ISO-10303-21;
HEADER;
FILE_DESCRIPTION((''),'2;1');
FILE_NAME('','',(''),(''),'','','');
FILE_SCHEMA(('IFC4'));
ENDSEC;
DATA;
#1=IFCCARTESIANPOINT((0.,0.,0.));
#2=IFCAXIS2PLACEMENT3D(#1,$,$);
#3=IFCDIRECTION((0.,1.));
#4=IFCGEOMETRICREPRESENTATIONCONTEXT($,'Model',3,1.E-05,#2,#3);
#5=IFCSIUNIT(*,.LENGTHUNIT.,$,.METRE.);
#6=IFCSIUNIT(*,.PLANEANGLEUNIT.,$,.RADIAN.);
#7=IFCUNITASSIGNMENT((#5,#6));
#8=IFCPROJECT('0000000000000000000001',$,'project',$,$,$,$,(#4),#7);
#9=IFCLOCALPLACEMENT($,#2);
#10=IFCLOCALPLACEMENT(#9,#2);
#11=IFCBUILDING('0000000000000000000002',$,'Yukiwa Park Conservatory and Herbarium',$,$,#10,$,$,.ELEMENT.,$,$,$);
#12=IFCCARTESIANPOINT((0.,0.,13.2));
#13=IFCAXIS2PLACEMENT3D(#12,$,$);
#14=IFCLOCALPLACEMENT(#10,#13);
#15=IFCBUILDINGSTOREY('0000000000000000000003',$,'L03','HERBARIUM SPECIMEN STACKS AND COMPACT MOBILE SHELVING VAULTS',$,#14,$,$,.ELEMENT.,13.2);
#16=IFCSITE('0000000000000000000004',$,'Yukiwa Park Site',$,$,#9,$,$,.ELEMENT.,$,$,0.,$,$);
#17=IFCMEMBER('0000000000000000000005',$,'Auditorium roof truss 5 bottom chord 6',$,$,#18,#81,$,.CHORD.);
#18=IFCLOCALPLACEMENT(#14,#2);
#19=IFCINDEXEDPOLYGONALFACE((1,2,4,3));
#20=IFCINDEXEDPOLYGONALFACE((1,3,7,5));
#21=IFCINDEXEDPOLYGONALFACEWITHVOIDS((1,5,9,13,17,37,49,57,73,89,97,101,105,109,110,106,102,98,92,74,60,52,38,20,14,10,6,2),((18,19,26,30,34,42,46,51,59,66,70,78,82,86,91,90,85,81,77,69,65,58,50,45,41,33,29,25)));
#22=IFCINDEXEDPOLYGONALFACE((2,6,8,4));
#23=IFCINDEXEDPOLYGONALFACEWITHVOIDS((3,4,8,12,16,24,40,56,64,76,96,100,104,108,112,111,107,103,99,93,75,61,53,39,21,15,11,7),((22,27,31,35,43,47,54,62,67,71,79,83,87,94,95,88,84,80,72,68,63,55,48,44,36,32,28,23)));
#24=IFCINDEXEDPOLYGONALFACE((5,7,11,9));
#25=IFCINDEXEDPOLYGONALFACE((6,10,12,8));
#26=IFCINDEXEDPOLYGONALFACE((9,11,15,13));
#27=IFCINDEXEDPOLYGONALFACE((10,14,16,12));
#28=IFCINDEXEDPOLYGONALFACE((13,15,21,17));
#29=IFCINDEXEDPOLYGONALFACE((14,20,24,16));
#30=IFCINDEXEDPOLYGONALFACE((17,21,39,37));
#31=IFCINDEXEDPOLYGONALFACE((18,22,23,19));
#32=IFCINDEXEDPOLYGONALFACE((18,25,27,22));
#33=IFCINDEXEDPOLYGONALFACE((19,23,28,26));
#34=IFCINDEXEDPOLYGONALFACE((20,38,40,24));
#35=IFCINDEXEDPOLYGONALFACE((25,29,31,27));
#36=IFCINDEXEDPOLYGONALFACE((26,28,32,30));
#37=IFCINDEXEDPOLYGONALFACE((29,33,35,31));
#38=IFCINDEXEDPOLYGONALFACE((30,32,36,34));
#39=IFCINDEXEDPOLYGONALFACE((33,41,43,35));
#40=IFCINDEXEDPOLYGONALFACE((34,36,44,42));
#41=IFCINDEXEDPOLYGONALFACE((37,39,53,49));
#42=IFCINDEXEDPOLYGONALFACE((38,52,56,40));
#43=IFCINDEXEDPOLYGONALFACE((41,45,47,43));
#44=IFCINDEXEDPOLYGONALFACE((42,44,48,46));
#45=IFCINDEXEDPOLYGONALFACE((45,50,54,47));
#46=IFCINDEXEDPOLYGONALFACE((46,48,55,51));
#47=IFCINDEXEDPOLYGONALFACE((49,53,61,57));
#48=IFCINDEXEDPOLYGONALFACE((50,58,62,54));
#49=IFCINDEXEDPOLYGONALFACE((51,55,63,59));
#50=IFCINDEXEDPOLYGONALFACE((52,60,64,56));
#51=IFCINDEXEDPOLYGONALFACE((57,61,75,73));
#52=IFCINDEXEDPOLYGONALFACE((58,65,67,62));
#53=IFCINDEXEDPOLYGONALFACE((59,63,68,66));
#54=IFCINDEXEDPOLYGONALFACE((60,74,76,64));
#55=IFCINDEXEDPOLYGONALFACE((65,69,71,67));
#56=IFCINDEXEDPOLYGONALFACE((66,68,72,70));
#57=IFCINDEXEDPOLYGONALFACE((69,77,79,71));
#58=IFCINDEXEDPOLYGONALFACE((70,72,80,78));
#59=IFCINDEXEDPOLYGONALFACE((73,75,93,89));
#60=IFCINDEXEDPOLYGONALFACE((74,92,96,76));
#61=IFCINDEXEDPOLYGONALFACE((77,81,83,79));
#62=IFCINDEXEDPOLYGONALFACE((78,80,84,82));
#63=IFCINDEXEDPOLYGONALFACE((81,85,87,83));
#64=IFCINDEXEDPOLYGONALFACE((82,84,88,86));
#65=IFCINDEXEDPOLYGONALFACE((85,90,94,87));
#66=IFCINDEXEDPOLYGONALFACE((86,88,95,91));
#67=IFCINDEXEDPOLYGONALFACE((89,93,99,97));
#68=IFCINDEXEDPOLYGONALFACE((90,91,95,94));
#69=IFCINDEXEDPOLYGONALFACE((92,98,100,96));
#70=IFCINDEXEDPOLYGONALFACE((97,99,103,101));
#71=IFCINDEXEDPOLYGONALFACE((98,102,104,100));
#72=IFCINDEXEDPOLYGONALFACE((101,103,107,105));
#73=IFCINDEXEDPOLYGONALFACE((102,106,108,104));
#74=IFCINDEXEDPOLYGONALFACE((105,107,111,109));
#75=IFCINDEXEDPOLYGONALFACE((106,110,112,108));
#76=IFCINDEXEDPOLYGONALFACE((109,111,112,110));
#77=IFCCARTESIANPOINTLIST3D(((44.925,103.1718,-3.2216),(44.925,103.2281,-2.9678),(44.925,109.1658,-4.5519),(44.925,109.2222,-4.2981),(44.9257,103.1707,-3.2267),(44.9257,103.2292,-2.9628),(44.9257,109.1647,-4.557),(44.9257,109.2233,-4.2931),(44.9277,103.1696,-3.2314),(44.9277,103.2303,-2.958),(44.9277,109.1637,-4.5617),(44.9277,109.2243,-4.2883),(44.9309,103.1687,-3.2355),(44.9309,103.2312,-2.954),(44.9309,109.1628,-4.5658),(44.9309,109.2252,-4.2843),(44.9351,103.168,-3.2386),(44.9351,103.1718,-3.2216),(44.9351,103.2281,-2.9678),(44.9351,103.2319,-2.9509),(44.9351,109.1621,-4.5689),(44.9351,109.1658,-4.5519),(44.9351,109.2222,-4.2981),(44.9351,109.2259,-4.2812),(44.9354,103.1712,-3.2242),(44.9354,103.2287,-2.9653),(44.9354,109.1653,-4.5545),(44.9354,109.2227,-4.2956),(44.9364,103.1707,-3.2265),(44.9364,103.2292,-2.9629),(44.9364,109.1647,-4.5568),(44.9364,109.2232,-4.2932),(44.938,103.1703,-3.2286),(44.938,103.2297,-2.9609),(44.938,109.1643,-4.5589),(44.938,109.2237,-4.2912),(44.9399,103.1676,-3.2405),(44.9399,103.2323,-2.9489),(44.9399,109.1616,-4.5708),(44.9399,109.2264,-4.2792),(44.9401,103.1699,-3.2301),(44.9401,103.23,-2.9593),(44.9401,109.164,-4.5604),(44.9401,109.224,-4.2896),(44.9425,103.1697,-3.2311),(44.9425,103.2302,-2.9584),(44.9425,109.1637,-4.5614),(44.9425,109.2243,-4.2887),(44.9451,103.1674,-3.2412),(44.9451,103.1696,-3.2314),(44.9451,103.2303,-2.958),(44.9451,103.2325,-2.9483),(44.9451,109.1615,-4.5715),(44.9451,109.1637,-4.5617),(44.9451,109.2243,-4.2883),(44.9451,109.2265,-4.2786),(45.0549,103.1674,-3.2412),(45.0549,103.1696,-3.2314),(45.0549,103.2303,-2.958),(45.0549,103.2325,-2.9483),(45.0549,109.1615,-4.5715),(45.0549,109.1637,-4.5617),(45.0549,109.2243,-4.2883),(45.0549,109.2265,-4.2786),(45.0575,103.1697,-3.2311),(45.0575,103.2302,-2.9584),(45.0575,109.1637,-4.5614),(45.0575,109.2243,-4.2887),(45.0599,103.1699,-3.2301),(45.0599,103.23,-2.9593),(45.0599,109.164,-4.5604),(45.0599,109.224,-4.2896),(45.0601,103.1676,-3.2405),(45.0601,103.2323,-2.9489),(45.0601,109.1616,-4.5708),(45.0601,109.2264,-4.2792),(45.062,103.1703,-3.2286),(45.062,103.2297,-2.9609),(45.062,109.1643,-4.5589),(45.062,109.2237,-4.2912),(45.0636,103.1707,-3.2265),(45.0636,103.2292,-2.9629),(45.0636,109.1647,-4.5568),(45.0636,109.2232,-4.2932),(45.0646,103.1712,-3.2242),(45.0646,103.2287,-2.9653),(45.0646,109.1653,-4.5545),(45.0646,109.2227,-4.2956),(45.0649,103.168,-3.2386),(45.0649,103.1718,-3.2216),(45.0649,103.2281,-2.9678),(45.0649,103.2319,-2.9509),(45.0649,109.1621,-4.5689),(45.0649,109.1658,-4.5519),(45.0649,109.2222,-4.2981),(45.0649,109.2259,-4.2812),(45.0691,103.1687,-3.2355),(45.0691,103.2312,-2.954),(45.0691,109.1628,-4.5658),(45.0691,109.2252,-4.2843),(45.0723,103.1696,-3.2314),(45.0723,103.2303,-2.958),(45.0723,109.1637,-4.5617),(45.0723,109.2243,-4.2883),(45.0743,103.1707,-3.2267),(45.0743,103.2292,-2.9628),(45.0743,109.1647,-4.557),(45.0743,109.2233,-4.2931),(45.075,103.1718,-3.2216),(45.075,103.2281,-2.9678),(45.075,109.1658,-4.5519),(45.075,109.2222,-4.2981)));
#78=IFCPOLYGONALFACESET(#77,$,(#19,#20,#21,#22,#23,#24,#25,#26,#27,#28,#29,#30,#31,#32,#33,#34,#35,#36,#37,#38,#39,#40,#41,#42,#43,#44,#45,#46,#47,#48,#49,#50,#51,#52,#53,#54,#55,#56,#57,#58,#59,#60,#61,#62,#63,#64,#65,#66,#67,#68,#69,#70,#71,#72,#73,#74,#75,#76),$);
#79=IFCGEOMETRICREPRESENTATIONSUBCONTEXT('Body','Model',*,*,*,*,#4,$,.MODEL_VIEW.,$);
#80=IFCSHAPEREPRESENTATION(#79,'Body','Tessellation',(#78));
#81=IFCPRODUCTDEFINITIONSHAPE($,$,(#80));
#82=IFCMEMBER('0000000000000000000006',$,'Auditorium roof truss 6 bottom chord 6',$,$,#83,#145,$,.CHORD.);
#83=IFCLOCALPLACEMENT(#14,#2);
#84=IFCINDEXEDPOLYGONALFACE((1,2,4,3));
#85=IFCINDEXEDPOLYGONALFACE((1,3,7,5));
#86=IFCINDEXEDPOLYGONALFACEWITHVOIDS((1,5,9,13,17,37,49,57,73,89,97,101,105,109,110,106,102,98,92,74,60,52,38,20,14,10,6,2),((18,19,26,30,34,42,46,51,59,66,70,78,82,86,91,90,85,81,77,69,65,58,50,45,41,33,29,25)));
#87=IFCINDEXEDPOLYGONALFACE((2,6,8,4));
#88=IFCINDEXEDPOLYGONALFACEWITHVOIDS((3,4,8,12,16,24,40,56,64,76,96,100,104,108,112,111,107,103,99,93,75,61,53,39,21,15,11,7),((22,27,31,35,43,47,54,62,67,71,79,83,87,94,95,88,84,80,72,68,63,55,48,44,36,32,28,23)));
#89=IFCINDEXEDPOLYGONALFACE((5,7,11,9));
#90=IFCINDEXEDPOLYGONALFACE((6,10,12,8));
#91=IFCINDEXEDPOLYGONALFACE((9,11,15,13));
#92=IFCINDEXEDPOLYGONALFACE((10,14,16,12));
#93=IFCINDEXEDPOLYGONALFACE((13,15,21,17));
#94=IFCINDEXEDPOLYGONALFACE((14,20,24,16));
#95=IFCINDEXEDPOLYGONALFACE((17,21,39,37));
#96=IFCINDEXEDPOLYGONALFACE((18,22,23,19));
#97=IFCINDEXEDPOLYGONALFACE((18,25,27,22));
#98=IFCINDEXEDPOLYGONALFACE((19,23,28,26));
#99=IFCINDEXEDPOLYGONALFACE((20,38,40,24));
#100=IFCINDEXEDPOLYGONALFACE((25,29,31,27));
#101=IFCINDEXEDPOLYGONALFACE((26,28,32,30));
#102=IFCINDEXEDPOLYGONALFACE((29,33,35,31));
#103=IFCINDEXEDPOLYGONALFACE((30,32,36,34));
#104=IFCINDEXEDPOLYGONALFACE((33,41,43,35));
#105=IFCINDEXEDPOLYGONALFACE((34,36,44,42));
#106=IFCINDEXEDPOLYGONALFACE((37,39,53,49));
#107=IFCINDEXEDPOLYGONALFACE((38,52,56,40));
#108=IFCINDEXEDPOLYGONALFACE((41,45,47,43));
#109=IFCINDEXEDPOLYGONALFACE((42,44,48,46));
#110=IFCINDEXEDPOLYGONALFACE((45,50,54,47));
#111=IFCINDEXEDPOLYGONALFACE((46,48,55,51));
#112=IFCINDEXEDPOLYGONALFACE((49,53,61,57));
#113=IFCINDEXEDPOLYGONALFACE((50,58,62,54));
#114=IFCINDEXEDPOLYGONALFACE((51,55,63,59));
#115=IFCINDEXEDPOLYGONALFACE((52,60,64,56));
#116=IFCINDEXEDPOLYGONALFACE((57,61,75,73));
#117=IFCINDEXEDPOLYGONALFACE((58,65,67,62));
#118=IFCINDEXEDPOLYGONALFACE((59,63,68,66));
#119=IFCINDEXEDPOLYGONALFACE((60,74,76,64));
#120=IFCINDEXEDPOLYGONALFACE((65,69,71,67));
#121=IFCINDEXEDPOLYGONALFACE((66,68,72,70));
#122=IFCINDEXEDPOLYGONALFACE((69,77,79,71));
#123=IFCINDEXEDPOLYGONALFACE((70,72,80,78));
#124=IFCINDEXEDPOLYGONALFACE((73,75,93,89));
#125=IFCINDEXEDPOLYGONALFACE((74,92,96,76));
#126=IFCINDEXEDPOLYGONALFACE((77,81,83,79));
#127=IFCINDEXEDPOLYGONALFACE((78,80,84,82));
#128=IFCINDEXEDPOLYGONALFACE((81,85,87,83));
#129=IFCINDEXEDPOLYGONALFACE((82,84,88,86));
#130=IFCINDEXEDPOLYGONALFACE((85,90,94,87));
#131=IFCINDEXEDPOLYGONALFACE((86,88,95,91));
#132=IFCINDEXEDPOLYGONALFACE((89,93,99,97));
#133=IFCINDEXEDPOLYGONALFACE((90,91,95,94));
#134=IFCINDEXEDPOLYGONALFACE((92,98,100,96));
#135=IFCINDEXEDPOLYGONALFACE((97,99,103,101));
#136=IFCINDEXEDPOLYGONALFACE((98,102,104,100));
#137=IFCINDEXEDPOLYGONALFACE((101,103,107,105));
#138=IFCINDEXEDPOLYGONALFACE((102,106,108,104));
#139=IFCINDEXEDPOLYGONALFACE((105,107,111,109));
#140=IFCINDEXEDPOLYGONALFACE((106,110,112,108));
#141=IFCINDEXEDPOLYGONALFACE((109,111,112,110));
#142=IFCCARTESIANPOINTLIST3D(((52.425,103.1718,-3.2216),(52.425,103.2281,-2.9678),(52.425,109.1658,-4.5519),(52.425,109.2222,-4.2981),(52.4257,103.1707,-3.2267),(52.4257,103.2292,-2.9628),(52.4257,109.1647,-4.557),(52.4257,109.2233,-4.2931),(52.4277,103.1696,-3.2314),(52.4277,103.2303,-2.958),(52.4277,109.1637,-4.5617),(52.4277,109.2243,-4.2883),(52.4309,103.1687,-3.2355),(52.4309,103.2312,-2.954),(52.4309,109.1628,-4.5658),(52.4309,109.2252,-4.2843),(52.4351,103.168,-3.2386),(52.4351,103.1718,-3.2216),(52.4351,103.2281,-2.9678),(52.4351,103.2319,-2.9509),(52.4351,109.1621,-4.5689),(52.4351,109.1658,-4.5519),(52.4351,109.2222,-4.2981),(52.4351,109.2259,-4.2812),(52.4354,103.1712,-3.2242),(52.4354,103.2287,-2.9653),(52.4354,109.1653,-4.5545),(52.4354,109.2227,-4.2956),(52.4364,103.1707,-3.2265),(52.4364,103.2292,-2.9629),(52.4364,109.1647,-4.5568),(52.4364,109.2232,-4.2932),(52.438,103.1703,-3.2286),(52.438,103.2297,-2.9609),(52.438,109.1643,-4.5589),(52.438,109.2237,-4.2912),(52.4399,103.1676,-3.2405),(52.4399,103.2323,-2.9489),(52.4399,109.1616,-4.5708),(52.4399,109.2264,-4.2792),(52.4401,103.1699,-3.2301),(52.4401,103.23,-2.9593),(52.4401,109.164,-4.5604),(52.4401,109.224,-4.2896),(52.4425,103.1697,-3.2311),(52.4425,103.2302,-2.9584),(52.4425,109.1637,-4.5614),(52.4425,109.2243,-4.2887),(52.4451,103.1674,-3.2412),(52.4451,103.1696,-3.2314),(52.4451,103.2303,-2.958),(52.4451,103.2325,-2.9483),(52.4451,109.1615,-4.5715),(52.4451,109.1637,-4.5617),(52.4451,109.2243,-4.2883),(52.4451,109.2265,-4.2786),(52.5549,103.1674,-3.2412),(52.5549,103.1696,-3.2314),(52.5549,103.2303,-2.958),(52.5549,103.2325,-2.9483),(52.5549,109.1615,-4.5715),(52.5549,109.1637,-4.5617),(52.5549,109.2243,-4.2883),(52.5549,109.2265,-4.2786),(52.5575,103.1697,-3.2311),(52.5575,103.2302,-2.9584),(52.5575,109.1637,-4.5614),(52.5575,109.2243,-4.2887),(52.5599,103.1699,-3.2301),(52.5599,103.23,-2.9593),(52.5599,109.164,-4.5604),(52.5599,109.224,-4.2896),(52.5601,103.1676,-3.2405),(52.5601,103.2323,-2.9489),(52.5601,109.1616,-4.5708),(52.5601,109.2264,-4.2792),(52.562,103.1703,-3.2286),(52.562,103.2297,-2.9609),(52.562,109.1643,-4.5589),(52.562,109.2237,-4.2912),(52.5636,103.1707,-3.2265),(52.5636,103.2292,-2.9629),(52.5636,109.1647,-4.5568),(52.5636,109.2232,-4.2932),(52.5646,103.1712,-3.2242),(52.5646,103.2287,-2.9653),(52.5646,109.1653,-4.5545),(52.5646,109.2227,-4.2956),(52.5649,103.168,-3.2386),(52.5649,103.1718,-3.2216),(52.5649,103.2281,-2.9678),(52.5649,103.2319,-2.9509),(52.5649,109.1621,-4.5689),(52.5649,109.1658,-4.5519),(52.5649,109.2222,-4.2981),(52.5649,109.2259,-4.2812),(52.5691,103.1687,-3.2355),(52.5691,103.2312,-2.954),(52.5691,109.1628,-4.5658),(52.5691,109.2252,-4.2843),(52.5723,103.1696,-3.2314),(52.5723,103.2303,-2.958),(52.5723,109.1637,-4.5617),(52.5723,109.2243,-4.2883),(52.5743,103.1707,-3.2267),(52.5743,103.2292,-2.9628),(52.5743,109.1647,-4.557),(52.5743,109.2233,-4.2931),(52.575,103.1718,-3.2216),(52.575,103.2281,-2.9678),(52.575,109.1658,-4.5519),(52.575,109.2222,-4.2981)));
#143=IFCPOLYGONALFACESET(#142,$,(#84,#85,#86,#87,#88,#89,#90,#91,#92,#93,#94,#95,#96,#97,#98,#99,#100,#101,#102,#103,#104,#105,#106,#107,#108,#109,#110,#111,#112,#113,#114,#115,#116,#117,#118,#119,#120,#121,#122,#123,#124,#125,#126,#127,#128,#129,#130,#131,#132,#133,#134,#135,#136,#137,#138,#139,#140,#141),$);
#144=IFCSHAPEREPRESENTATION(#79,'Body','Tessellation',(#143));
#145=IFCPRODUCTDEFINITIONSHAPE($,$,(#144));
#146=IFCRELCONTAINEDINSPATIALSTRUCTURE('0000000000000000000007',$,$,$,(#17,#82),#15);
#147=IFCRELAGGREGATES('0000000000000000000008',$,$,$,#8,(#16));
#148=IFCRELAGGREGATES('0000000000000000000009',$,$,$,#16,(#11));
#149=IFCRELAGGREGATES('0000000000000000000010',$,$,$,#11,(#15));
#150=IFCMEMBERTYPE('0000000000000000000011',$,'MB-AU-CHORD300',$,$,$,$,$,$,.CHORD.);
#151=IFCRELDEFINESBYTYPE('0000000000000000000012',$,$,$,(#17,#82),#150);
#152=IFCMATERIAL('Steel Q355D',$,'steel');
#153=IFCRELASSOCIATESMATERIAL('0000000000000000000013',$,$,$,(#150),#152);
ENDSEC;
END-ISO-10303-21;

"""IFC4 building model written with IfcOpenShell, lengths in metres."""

from ifc_helpers import new_model, si_unit, direction, frame, origin, origin_2d, place, context, subcontext, project, spatial, hollow_rectangle, extrude, material, material_profile, profile_set, type_object, element, save


model = new_model("IFC4")

# Units and contexts
model_context = context("Model", 3, precision=1e-05, world=origin(), true_north=direction((0.0, 1.0)))
body_context = subcontext(model_context, "Body", "Model", "MODEL_VIEW")
ifc_project = project(units=[si_unit("LENGTHUNIT", "METRE"), si_unit("PLANEANGLEUNIT", "RADIAN")], contexts=[model_context])

# Site, building, storey
site_placement = place(None, origin())
site = spatial("IfcSite", under=ifc_project, at=site_placement, Name="Yukiwa Park Site", CompositionType="ELEMENT", RefElevation=0.0)
building_placement = place(site_placement, origin())
building = spatial("IfcBuilding", under=site, at=building_placement, Name="Yukiwa Park Conservatory and Herbarium", CompositionType="ELEMENT")
storey_placement = place(building_placement, frame((0.0, 0.0, 13.2)))
storey = spatial("IfcBuildingStorey", under=building, at=storey_placement, Name="L03", Description="HERBARIUM SPECIMEN STACKS AND COMPACT MOBILE SHELVING VAULTS", CompositionType="ELEMENT", Elevation=13.2)

# Members
ifc_material_1 = material(Name="Steel Q355D", Category="steel")
ifc_material_profile_1 = material_profile(ifc_material_1, hollow_rectangle(XDim=0.1499, YDim=0.3, WallThickness=0.01, InnerFilletRadius=0.01, OuterFilletRadius=0.02, at=origin_2d()), Name="RHS 300x150x10")
ifc_profile_set_1 = profile_set([ifc_material_profile_1], Name="Steel Q355D")
member_type_1 = type_object("IfcMemberType", Name="MB-AU-CHORD300", PredefinedType="CHORD", material=ifc_profile_set_1)
for number, where, z_axis, x_axis, name in (
    (1, (45.0, 103.2, -3.0947), (0.0, 0.976246, -0.216665), (-1.0, 0.0, 0.0), "Auditorium roof truss 5 bottom chord 6"),
    (2, (52.5, 103.2, -3.0947), (0.0, 0.976246, -0.216665), (-1.0, 0.0, 0.0), "Auditorium roof truss 6 bottom chord 6"),
):
    element("IfcMember", number, at=place(storey_placement, frame(where, z_axis=z_axis, x_axis=x_axis)), inside=storey, type_object=member_type_1, Name=name, PredefinedType="CHORD", context=body_context, shape_type="SweptSolid", body=[
        extrude(hollow_rectangle(XDim=0.1499, YDim=0.3, WallThickness=0.01, InnerFilletRadius=0.01, OuterFilletRadius=0.02, at=origin_2d()), origin(), (0.0, 0.0, 1.0), 6.1399),
    ])

save(model, "model.ifc")
